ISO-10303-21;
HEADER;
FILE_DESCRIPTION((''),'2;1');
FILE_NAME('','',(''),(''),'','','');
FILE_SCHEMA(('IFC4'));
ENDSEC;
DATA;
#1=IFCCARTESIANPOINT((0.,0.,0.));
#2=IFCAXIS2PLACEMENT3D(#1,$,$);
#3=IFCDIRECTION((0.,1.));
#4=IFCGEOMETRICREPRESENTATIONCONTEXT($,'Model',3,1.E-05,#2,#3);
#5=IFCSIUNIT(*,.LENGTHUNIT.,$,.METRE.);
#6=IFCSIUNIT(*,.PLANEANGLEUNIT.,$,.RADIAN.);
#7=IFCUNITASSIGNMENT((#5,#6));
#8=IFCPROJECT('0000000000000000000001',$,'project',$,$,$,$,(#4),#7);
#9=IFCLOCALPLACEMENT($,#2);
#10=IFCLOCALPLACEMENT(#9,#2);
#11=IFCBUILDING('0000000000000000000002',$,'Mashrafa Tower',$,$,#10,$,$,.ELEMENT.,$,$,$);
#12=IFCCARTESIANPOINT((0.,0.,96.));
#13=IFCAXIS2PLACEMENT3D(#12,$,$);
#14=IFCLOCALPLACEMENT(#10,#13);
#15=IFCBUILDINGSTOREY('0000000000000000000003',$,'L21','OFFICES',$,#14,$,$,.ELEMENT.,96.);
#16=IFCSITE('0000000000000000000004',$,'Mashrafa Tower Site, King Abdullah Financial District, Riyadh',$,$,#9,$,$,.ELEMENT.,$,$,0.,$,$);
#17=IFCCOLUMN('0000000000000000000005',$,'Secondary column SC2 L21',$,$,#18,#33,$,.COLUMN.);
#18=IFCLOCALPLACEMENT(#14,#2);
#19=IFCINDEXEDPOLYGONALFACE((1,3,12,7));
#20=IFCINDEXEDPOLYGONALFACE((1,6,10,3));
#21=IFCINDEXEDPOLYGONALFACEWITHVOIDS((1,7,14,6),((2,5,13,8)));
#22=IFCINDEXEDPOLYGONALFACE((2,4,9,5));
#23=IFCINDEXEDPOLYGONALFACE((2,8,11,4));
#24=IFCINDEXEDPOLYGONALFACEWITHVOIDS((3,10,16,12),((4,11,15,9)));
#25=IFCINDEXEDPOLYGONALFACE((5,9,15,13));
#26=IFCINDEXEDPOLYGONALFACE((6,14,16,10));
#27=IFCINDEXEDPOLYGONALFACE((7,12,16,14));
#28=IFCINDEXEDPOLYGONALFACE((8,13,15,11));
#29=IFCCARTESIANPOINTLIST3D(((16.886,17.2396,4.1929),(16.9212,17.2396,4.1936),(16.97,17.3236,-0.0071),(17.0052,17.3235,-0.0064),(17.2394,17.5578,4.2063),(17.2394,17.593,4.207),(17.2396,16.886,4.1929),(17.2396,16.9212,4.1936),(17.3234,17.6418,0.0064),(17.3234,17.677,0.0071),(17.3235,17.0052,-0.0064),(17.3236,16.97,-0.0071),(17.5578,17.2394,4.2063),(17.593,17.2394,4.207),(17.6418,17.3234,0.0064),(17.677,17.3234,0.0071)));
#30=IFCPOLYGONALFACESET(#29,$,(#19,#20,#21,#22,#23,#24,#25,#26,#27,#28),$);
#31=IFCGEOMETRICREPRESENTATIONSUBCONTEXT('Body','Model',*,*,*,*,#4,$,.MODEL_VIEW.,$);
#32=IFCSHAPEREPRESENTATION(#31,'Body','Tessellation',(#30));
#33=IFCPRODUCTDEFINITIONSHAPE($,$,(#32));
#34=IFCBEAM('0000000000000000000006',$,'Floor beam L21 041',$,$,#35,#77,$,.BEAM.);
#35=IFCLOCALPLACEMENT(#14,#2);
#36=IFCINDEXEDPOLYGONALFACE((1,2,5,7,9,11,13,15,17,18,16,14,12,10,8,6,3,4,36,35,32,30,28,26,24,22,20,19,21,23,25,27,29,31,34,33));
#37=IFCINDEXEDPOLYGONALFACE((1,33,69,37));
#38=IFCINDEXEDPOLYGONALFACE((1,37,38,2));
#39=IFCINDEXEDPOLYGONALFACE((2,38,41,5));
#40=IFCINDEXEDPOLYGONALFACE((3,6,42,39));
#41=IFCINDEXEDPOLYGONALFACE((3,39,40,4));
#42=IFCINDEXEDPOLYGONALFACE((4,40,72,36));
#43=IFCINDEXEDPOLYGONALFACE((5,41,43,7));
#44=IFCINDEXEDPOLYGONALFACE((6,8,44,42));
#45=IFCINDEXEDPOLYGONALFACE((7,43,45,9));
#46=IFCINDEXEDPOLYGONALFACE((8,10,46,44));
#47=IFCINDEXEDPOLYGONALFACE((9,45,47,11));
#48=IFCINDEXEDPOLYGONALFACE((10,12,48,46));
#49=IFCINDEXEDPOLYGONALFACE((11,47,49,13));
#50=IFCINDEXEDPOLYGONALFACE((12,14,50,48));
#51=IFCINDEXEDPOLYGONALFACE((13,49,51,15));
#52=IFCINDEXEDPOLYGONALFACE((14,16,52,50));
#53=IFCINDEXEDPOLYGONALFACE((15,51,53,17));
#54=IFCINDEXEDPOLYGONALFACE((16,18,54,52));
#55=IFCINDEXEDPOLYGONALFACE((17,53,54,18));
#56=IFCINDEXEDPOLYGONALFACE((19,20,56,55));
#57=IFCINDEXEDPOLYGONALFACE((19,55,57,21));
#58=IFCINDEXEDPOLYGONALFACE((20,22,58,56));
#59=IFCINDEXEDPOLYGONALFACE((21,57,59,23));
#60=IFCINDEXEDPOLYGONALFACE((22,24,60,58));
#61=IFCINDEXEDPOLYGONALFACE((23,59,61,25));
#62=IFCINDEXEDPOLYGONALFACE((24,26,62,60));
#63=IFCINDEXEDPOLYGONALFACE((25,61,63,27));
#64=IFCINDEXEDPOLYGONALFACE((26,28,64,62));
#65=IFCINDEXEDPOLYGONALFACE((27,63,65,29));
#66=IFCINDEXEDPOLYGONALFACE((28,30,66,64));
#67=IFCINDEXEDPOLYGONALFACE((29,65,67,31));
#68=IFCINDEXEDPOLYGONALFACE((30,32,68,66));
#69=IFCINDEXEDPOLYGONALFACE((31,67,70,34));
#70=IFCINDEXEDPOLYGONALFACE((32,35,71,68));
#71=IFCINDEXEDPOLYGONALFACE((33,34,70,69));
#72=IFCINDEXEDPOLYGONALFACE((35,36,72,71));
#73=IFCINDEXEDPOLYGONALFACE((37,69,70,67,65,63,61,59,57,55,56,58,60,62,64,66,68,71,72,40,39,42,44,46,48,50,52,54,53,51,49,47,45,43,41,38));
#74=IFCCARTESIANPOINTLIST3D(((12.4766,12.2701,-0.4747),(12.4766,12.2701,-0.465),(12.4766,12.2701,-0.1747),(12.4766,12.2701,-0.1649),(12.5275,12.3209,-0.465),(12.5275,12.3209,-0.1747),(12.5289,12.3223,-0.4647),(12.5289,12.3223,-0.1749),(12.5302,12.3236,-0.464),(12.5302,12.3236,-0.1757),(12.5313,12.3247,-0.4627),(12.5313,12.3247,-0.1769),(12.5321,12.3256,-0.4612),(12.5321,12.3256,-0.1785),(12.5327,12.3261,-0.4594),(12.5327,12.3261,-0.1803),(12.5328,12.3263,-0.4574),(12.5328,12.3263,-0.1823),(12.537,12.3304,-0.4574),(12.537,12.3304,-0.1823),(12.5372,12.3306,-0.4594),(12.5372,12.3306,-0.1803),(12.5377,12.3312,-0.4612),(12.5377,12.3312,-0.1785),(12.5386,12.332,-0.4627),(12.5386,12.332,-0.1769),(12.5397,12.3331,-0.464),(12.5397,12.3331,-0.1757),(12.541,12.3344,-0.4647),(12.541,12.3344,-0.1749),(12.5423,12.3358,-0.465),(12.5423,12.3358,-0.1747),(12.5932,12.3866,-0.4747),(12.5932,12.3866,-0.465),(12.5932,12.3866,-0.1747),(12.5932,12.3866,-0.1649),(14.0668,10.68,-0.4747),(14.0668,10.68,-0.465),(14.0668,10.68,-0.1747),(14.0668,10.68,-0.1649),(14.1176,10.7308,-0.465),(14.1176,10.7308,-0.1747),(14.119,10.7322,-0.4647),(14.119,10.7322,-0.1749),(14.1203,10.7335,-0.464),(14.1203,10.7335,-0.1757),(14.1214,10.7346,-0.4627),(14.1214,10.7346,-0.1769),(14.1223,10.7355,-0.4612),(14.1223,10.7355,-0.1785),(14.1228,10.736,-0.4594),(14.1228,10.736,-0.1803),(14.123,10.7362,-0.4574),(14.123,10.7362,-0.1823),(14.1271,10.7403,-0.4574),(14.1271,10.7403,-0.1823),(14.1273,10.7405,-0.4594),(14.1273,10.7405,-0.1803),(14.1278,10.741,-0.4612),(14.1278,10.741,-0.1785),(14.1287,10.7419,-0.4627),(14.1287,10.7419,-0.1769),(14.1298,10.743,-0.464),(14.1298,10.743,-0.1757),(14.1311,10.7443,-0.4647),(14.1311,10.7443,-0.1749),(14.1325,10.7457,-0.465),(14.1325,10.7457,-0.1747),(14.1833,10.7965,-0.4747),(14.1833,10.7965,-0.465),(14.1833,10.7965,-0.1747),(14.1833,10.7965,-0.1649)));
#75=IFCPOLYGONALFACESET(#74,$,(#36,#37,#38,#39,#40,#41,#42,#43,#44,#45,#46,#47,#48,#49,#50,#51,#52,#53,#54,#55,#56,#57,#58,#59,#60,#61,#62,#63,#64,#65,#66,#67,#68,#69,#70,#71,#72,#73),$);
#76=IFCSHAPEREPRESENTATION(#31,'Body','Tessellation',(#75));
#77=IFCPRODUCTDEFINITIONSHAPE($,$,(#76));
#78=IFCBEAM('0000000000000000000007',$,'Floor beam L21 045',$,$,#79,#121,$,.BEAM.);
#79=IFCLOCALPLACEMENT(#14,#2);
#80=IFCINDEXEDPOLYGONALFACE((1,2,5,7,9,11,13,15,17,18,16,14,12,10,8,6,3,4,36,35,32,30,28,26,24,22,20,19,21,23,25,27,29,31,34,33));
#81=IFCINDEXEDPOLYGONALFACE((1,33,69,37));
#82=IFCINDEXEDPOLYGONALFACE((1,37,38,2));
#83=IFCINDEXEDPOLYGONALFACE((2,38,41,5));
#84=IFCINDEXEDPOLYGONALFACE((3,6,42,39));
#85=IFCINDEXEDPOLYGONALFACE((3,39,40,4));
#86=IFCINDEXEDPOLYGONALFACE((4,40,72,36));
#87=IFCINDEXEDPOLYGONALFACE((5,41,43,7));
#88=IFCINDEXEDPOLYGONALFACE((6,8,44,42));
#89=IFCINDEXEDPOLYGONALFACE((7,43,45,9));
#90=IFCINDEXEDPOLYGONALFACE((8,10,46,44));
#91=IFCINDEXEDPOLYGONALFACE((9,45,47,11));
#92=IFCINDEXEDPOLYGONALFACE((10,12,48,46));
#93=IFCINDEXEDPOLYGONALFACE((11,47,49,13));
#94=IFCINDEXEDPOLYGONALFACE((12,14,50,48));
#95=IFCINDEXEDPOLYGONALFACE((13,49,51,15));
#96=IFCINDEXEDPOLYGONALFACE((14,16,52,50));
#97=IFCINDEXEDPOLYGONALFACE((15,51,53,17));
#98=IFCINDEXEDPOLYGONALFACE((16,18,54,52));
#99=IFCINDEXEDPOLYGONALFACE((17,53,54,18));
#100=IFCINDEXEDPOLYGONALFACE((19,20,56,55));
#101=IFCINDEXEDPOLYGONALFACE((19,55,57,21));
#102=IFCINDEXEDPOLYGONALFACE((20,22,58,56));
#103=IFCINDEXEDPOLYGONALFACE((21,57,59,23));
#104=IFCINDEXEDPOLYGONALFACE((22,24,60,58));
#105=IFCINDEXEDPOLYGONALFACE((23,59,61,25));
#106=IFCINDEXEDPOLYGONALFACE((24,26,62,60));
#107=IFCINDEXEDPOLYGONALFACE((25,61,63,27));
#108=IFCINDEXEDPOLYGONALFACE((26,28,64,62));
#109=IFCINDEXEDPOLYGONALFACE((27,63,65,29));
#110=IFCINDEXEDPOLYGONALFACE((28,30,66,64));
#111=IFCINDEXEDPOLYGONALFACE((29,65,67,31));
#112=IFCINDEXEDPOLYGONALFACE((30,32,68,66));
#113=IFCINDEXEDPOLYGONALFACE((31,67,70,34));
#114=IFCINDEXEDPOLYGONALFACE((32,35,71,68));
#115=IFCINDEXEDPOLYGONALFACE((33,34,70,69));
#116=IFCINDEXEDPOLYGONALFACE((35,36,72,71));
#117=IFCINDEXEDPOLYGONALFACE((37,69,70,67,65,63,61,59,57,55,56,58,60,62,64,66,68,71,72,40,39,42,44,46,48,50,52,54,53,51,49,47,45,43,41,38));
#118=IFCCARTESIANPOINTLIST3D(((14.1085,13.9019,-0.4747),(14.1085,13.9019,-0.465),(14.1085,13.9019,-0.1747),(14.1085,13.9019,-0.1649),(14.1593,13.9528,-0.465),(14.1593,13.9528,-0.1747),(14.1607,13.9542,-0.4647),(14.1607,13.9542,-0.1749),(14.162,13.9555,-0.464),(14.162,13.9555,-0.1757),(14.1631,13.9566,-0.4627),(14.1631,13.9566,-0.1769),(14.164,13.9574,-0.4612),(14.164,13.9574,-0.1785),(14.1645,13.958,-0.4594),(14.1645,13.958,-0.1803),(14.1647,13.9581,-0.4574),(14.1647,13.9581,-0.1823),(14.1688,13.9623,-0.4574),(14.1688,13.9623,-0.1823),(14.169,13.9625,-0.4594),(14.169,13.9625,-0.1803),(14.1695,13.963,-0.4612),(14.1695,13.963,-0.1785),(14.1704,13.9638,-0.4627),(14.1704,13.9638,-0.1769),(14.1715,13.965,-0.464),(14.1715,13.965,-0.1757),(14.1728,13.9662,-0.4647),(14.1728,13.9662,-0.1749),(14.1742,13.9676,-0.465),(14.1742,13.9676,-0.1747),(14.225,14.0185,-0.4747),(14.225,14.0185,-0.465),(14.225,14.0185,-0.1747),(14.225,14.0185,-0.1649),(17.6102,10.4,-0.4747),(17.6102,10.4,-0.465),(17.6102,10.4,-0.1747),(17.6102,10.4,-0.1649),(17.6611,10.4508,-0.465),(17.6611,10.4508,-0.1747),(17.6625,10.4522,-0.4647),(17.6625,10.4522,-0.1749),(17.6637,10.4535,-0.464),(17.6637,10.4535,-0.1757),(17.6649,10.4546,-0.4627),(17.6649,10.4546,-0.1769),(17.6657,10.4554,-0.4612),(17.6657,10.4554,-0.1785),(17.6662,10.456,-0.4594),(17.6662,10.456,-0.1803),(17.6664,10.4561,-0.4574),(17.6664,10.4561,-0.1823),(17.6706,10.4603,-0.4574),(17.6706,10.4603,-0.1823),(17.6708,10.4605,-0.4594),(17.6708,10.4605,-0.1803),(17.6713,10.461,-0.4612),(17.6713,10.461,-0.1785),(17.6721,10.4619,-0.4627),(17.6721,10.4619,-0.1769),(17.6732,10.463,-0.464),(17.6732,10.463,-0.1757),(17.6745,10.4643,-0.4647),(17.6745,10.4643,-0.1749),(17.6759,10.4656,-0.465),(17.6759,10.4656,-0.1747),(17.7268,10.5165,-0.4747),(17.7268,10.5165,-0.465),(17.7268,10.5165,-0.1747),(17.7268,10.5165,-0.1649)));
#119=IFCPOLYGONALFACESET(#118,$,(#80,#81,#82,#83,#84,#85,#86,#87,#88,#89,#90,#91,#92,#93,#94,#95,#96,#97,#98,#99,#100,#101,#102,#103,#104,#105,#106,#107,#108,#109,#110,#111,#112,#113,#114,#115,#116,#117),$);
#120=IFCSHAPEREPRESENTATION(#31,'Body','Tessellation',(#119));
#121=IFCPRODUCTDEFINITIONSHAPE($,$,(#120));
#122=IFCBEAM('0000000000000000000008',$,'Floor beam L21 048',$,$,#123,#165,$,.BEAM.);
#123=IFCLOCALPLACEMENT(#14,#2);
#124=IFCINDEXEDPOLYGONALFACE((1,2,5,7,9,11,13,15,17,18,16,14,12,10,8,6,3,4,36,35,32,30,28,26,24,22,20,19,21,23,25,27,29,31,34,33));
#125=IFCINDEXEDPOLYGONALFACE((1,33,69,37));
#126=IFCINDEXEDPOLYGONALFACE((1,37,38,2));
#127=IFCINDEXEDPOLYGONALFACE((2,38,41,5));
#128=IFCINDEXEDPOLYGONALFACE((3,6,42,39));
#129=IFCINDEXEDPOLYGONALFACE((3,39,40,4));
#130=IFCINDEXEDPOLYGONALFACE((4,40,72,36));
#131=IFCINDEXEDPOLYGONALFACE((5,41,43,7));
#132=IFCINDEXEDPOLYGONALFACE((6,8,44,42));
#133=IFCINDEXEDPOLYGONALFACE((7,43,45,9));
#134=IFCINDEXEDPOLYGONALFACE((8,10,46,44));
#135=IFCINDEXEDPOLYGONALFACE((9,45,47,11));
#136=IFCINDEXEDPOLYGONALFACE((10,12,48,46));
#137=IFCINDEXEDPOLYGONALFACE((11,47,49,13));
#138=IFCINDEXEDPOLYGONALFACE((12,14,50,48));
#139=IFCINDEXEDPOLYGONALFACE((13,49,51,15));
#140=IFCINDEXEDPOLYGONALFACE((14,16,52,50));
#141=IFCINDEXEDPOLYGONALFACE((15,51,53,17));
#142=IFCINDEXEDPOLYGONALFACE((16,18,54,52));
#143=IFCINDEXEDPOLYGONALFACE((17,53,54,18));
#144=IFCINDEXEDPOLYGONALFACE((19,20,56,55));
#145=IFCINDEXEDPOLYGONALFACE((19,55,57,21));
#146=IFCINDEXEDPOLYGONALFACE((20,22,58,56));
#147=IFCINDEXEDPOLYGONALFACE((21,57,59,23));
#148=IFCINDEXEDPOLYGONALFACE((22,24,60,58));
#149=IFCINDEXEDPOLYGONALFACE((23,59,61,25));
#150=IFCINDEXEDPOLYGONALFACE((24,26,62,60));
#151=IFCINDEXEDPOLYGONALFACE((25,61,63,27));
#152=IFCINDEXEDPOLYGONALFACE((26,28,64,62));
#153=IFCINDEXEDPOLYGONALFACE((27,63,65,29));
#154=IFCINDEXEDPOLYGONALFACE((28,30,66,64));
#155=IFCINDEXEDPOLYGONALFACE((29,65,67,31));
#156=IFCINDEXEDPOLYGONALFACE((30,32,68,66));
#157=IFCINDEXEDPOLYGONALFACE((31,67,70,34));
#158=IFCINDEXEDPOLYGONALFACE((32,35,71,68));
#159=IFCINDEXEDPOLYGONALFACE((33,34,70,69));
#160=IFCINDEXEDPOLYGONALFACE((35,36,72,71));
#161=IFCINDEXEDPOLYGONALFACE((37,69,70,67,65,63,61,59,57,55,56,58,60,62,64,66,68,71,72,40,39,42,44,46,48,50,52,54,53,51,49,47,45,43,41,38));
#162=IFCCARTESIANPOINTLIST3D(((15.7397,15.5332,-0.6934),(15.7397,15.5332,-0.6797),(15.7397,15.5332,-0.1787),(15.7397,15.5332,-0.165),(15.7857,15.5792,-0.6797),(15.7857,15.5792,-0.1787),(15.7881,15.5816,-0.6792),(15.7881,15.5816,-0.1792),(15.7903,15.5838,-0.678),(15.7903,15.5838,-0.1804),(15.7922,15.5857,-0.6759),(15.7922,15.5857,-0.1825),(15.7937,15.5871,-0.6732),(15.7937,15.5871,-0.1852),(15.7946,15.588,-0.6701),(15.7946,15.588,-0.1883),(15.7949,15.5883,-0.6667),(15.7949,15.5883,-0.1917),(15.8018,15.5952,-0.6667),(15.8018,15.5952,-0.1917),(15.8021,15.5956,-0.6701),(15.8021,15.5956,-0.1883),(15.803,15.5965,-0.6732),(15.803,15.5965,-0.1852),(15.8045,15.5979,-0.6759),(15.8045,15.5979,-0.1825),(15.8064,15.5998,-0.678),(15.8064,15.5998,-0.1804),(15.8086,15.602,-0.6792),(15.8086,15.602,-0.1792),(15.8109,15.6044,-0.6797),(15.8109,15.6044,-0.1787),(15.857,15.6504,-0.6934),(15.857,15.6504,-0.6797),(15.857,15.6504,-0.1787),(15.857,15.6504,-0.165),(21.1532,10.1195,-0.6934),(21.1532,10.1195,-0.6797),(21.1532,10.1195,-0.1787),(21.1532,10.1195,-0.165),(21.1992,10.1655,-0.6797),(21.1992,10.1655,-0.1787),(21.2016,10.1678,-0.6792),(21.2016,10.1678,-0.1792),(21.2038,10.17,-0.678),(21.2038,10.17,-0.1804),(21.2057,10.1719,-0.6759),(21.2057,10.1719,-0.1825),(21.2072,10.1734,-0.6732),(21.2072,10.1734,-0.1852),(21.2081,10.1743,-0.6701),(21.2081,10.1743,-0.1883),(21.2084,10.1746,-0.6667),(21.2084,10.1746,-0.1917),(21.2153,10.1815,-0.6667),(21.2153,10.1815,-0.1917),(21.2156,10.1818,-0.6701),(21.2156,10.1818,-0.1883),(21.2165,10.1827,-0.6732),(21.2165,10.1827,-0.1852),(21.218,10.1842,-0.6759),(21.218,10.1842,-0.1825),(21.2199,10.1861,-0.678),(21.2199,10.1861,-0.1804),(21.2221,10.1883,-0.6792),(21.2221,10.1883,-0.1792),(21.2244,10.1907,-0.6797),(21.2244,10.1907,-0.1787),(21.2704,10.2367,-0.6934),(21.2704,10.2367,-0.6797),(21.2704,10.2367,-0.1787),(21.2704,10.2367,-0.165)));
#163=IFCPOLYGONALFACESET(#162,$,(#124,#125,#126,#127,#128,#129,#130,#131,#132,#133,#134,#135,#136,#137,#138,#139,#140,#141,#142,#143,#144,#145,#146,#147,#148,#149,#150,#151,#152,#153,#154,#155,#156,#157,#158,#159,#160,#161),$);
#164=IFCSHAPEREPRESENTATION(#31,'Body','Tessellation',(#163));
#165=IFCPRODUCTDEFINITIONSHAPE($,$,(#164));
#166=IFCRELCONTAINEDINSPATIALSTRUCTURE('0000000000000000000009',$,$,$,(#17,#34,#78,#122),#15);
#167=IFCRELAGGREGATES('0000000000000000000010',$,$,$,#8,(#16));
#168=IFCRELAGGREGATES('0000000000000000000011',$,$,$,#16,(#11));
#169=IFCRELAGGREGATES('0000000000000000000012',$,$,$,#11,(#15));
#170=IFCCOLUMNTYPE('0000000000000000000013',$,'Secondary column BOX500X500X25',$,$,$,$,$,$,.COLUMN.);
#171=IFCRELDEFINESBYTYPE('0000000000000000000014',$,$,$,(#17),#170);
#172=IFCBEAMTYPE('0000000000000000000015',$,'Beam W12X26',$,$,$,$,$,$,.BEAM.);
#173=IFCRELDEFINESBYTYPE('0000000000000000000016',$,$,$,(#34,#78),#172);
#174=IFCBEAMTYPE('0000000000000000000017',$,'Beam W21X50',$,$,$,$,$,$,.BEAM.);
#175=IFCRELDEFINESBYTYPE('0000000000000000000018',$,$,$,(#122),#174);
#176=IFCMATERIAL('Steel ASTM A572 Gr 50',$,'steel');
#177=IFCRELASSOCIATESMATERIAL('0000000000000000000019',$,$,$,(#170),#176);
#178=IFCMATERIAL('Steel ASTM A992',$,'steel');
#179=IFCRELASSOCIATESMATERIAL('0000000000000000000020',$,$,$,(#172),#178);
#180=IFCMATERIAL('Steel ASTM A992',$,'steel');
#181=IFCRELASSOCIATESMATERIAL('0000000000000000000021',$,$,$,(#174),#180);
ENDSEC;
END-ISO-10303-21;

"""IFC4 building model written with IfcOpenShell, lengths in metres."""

from ifc_helpers import new_model, si_unit, direction, frame, origin, origin_2d, place, context, subcontext, project, spatial, hollow_rectangle, i_section, extrude, material, material_profile, profile_set, type_object, element, save


model = new_model("IFC4")

# Units and contexts
model_context = context("Model", 3, precision=1e-05, world=origin(), true_north=direction((0.0, 1.0)))
body_context = subcontext(model_context, "Body", "Model", "MODEL_VIEW")
ifc_project = project(units=[si_unit("LENGTHUNIT", "METRE"), si_unit("PLANEANGLEUNIT", "RADIAN")], contexts=[model_context])

# Site, building, storey
site_placement = place(None, origin())
site = spatial("IfcSite", under=ifc_project, at=site_placement, Name="Mashrafa Tower Site, King Abdullah Financial District, Riyadh", CompositionType="ELEMENT", RefElevation=0.0)
building_placement = place(site_placement, origin())
building = spatial("IfcBuilding", under=site, at=building_placement, Name="Mashrafa Tower", CompositionType="ELEMENT")
storey_placement = place(building_placement, frame((0.0, 0.0, 96.0)))
storey = spatial("IfcBuildingStorey", under=building, at=storey_placement, Name="L21", Description="OFFICES", CompositionType="ELEMENT", Elevation=96.0)

# Column
ifc_material_1 = material(Name="Steel ASTM A572 Gr 50", Category="steel")
ifc_material_profile_1 = material_profile(ifc_material_1, hollow_rectangle(XDim=0.5, YDim=0.5, WallThickness=0.0249, at=origin_2d()), Name="BOX500X500X25")
ifc_profile_set_1 = profile_set([ifc_material_profile_1], Name="Steel ASTM A572 Gr 50")
column_type = type_object("IfcColumnType", Name="Secondary column BOX500X500X25", PredefinedType="COLUMN", material=ifc_profile_set_1)
column_placement = place(storey_placement, frame((17.3235, 17.3235, 0.0), z_axis=(-0.019989, -0.019989, 0.9996), x_axis=(0.707107, -0.707107, 0.0)))
element("IfcColumn", 1, at=column_placement, inside=storey, type_object=column_type, Name="Secondary column SC2 L21", PredefinedType="COLUMN", context=body_context, shape_type="SweptSolid", body=[
    extrude(hollow_rectangle(XDim=0.5, YDim=0.5, WallThickness=0.0249, at=origin_2d()), origin(), (0.0, 0.0, 1.0), 4.2017),
])

# Beams
ifc_material_2 = material(Name="Steel ASTM A992", Category="steel")
ifc_material_profile_2 = material_profile(ifc_material_2, i_section(OverallWidth=0.1648, OverallDepth=0.3098, WebThickness=0.0059, FlangeThickness=0.0098, FilletRadius=0.0076, at=origin_2d()), Name="W12X26")
ifc_profile_set_2 = profile_set([ifc_material_profile_2], Name="Steel ASTM A992")
beam_type_1 = type_object("IfcBeamType", Name="Beam W12X26", PredefinedType="BEAM", material=ifc_profile_set_2)
beam_1_placement = place(storey_placement, frame((12.5349, 12.3284, -0.3198), z_axis=(0.707107, -0.707107, 0.0), x_axis=(0.707107, 0.707107, 0.0)))
element("IfcBeam", 2, at=beam_1_placement, inside=storey, type_object=beam_type_1, Name="Floor beam L21 041", PredefinedType="BEAM", context=body_context, shape_type="SweptSolid", body=[
    extrude(i_section(OverallWidth=0.1648, OverallDepth=0.3098, WebThickness=0.0059, FlangeThickness=0.0098, FilletRadius=0.0076, at=origin_2d()), origin(), (0.0, 0.0, 1.0), 2.2488),
])
beam_2_placement = place(storey_placement, frame((14.1667, 13.9602, -0.3198), z_axis=(0.707082, -0.707131, 0.0), x_axis=(0.707131, 0.707082, 0.0)))
element("IfcBeam", 3, at=beam_2_placement, inside=storey, type_object=beam_type_1, Name="Floor beam L21 045", PredefinedType="BEAM", context=body_context, shape_type="SweptSolid", body=[
    extrude(i_section(OverallWidth=0.1648, OverallDepth=0.3098, WebThickness=0.0059, FlangeThickness=0.0098, FilletRadius=0.0076, at=origin_2d()), origin(), (0.0, 0.0, 1.0), 4.9524),
])
ifc_material_3 = material(Name="Steel ASTM A992", Category="steel")
ifc_material_profile_3 = material_profile(ifc_material_3, i_section(OverallWidth=0.1658, OverallDepth=0.5283, WebThickness=0.0098, FlangeThickness=0.0137, FilletRadius=0.0129, at=origin_2d()), Name="W21X50")
ifc_profile_set_3 = profile_set([ifc_material_profile_3], Name="Steel ASTM A992")
beam_type_2 = type_object("IfcBeamType", Name="Beam W21X50", PredefinedType="BEAM", material=ifc_profile_set_3)
beam_3_placement = place(storey_placement, frame((15.7983, 15.5918, -0.4292), z_axis=(0.707091, -0.707123, 0.0), x_axis=(0.707123, 0.707091, 0.0)))
element("IfcBeam", 4, at=beam_3_placement, inside=storey, type_object=beam_type_2, Name="Floor beam L21 048", PredefinedType="BEAM", context=body_context, shape_type="SweptSolid", body=[
    extrude(i_section(OverallWidth=0.1658, OverallDepth=0.5283, WebThickness=0.0098, FlangeThickness=0.0137, FilletRadius=0.0129, at=origin_2d()), origin(), (0.0, 0.0, 1.0), 7.656),
])

save(model, "model.ifc")
